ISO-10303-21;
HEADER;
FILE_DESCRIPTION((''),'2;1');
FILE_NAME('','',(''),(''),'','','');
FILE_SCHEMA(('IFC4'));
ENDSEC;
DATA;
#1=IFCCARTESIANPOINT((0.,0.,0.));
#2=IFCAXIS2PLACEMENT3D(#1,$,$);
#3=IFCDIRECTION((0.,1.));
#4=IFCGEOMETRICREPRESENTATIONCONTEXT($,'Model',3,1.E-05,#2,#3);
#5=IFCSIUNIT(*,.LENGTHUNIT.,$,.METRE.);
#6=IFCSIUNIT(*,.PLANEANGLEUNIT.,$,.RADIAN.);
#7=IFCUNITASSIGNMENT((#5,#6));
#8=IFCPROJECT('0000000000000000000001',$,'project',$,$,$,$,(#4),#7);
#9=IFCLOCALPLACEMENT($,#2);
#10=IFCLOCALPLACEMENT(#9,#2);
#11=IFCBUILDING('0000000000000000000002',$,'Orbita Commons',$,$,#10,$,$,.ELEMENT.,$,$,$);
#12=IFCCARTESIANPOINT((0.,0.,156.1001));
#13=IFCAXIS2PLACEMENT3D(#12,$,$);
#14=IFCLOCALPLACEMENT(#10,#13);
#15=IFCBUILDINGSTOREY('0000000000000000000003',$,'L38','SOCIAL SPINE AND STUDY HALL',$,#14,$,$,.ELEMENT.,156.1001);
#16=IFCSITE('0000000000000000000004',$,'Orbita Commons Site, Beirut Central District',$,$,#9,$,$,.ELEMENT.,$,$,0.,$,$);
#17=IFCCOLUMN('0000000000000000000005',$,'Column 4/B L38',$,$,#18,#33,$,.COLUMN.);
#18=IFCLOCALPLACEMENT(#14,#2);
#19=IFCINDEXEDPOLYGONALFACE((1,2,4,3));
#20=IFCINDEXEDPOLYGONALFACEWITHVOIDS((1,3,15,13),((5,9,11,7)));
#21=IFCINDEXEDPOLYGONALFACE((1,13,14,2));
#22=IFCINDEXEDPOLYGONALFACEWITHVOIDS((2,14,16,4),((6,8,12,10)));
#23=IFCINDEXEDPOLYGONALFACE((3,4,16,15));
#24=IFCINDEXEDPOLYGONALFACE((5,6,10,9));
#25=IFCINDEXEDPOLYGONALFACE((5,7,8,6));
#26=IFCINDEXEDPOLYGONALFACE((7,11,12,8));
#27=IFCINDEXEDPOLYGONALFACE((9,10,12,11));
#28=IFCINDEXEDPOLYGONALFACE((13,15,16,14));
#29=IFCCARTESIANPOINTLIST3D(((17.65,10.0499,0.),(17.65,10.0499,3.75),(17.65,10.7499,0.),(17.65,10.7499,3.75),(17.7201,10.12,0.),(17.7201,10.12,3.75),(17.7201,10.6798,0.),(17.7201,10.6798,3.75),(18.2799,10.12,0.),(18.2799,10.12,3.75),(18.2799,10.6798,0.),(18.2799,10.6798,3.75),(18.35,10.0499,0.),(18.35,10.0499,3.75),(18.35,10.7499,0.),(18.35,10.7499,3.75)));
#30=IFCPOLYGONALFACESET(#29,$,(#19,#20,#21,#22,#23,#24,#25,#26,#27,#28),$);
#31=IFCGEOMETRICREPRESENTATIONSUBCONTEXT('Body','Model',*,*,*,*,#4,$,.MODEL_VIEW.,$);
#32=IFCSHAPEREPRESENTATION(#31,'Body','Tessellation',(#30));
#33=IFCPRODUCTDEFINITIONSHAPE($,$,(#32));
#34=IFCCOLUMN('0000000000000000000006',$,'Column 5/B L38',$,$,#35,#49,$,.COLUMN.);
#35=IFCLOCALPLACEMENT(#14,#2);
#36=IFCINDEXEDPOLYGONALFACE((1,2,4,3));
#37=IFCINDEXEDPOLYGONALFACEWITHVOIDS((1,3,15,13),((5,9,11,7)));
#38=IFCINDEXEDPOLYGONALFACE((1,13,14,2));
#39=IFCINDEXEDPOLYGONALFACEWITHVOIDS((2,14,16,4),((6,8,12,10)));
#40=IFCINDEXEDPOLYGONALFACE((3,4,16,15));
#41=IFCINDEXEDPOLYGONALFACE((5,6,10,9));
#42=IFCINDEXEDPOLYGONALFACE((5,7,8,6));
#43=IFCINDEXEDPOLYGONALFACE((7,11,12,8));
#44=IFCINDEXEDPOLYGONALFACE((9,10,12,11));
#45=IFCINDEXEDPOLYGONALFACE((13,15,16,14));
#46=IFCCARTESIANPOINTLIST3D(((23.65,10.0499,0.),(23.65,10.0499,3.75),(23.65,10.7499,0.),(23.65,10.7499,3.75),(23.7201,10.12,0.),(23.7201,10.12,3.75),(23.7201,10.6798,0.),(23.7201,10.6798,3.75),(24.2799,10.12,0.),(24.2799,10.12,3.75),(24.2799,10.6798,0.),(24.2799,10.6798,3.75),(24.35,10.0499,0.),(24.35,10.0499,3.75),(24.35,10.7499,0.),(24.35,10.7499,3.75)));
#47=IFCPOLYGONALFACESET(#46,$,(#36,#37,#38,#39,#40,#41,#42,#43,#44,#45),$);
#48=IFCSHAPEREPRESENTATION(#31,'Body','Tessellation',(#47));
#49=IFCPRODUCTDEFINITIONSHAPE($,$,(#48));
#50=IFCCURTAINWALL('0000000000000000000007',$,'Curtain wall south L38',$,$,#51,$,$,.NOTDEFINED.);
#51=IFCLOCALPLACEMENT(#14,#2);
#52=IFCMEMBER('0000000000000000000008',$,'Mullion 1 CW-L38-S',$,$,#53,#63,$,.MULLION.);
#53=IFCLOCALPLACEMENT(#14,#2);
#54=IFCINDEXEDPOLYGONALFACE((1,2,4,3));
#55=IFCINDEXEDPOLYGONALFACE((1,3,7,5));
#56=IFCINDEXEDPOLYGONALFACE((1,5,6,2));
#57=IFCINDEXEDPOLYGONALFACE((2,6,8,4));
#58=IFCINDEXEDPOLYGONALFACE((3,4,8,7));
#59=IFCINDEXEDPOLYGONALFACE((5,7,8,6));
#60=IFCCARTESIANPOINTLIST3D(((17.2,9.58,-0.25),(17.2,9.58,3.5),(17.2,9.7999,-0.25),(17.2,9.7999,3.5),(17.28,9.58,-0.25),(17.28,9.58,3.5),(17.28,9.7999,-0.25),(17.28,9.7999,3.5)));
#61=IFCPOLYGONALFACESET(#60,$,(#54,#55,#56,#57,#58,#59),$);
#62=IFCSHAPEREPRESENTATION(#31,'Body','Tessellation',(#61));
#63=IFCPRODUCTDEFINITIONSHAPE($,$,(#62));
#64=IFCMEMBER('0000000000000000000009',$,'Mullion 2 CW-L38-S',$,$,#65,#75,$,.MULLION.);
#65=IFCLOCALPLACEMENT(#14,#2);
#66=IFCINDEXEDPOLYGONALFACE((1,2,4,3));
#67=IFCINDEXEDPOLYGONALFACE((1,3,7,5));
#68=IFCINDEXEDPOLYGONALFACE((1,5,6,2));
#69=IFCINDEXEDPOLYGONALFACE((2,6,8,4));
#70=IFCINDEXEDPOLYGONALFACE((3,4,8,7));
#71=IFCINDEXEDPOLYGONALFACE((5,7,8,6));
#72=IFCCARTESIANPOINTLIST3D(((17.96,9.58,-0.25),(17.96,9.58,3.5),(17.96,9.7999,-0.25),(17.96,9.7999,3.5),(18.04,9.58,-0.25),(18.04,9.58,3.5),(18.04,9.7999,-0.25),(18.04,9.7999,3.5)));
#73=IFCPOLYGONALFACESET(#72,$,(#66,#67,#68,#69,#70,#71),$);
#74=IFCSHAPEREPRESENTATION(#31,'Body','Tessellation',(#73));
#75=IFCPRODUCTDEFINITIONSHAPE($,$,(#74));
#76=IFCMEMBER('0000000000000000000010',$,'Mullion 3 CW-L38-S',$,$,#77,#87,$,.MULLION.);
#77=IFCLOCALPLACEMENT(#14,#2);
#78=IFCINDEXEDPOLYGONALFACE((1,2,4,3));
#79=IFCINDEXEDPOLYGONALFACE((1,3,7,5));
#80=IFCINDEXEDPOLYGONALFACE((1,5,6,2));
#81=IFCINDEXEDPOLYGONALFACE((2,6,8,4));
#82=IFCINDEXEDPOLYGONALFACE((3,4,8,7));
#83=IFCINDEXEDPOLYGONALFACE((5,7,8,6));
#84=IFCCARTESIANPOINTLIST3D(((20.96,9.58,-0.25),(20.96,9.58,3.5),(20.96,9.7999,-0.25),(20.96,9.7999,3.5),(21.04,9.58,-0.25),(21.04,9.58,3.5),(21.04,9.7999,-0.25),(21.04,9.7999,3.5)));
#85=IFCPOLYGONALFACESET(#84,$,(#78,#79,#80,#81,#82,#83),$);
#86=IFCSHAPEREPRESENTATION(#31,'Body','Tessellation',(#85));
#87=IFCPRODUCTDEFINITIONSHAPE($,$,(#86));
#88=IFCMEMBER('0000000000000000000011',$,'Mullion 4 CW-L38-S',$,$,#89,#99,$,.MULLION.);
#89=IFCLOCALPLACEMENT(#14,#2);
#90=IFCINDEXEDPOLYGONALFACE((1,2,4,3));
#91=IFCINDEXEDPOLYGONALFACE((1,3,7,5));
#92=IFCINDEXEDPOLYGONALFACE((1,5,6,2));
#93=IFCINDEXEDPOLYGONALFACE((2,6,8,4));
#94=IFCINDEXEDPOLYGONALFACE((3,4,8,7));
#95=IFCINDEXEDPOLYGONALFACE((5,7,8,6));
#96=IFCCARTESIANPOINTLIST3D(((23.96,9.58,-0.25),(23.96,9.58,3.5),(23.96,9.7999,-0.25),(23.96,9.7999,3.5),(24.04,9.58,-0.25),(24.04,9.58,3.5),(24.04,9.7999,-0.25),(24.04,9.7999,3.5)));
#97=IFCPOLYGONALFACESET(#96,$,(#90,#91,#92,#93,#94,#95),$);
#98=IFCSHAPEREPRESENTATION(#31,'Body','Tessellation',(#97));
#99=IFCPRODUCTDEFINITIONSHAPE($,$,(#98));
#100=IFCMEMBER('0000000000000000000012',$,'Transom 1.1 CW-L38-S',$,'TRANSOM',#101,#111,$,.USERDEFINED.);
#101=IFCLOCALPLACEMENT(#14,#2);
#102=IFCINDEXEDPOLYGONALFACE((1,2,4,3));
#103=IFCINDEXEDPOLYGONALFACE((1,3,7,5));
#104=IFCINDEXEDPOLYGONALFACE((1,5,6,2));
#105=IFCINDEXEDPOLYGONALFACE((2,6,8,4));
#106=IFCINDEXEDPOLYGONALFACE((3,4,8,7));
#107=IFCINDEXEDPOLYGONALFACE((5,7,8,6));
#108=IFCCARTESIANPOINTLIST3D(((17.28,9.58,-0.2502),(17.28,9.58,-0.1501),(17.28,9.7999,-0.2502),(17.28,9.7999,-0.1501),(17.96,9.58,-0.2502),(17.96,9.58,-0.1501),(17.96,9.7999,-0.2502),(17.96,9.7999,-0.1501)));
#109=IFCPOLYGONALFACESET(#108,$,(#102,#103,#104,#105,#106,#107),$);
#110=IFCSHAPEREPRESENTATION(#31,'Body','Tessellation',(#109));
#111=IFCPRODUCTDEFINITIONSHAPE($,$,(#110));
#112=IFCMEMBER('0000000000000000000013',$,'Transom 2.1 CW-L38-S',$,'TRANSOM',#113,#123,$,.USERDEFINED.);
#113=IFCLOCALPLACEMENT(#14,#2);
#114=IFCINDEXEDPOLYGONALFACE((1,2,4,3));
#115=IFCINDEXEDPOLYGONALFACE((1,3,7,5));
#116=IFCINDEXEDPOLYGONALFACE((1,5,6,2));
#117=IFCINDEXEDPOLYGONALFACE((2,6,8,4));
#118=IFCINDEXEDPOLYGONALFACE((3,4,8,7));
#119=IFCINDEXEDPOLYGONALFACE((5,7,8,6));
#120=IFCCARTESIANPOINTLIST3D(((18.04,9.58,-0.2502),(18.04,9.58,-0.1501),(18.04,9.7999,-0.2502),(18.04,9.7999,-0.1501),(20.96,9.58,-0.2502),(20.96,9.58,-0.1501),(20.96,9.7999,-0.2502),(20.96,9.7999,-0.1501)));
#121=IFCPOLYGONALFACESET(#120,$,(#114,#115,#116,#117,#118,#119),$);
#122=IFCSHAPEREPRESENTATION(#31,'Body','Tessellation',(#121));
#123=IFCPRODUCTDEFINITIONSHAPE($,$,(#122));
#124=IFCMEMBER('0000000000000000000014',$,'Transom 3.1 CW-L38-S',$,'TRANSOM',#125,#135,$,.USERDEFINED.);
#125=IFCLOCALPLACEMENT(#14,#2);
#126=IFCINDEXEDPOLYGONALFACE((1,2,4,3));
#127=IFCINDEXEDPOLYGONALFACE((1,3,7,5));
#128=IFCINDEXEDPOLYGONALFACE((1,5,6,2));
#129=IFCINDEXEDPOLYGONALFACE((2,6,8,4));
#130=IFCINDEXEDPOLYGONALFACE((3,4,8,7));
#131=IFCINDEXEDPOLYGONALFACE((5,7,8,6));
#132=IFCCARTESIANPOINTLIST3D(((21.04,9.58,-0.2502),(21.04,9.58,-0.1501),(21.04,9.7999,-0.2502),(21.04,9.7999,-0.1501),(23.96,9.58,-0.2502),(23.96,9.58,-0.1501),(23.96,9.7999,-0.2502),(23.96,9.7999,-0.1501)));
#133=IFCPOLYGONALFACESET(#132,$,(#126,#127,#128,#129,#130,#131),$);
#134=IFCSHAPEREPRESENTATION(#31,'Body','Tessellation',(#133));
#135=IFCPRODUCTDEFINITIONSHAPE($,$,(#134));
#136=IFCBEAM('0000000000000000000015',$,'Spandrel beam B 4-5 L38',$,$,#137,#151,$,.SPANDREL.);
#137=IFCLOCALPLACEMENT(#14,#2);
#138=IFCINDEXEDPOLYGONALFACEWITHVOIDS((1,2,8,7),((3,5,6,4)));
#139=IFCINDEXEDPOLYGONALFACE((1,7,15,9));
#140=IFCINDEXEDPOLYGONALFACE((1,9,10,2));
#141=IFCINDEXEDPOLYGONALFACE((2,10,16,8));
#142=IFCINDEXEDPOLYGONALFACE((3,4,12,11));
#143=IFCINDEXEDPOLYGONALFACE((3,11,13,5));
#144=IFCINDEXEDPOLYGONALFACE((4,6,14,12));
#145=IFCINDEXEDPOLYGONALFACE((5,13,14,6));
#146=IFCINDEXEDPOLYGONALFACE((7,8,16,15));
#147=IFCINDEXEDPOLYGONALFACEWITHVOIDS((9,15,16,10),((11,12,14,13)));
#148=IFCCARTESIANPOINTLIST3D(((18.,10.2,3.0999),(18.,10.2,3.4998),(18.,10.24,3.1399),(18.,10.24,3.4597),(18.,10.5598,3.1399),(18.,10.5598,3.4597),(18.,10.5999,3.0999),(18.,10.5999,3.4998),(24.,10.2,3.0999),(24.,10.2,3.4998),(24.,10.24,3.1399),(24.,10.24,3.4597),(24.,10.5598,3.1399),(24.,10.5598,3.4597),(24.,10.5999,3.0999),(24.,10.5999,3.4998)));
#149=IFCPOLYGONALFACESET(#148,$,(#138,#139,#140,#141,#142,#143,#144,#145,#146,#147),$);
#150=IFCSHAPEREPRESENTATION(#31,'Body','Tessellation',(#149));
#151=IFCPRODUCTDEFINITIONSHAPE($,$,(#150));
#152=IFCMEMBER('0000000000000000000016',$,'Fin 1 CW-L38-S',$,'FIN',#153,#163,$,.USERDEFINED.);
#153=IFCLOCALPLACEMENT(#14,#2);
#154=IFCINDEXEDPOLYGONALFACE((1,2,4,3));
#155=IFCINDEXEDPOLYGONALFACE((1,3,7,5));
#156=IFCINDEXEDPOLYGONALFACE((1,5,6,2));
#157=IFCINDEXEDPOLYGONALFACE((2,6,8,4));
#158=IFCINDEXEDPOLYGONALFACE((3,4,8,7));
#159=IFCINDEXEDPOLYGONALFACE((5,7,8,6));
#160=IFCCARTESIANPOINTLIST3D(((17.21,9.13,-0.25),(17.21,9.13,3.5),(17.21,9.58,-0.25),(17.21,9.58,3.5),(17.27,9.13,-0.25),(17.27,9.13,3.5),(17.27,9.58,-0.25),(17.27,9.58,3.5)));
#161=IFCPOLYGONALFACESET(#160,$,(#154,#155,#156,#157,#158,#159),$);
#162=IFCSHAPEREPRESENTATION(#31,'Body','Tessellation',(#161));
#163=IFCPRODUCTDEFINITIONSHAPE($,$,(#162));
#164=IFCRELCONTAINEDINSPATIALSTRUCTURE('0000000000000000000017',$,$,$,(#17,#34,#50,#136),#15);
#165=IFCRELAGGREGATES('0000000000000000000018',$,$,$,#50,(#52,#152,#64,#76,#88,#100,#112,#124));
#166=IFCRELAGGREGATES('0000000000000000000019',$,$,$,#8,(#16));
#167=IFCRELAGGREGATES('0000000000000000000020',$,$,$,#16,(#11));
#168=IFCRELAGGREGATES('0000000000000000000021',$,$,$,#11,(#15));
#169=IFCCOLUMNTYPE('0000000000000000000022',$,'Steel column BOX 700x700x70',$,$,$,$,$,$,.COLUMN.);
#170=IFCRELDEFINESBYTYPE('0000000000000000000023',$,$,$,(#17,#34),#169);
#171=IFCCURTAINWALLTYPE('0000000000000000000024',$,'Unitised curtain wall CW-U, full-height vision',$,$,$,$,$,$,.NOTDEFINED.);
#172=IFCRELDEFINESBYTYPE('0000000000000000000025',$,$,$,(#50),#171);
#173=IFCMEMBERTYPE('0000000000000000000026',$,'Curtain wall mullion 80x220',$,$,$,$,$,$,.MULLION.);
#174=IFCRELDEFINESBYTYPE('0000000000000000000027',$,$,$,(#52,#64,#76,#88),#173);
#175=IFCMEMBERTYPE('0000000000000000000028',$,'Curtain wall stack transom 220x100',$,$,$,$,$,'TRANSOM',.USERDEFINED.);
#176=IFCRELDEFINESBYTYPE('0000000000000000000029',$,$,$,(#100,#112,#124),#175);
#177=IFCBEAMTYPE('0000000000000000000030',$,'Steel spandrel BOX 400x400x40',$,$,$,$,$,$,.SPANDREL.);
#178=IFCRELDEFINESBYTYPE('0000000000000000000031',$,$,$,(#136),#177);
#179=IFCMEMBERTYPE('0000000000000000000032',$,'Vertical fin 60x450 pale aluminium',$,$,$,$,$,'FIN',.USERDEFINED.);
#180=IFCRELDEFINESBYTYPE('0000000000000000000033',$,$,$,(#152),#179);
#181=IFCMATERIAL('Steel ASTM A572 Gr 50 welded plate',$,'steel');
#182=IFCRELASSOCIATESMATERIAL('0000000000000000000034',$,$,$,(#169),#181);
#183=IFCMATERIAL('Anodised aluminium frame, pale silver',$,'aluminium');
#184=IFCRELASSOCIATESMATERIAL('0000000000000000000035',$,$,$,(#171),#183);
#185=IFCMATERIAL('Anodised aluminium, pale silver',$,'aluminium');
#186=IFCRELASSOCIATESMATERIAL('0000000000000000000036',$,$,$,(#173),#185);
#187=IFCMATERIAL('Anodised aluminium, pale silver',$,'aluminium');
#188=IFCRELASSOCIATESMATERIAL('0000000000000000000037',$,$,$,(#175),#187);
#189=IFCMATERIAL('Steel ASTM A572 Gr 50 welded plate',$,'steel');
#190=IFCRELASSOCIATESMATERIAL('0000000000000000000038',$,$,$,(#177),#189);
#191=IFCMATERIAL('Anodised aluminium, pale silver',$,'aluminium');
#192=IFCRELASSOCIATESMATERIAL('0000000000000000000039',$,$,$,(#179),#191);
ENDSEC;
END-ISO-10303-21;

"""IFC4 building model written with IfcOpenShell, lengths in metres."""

from ifc_helpers import new_model, si_unit, direction, frame, origin, origin_2d, place, context, subcontext, project, spatial, rectangle, hollow_rectangle, extrude, material, material_profile, profile_set, type_object, element, aggregate, save


model = new_model("IFC4")

# Units and contexts
model_context = context("Model", 3, precision=1e-05, world=origin(), true_north=direction((0.0, 1.0)))
body_context = subcontext(model_context, "Body", "Model", "MODEL_VIEW")
ifc_project = project(units=[si_unit("LENGTHUNIT", "METRE"), si_unit("PLANEANGLEUNIT", "RADIAN")], contexts=[model_context])

# Site, building, storey
site_placement = place(None, origin())
site = spatial("IfcSite", under=ifc_project, at=site_placement, Name="Orbita Commons Site, Beirut Central District", CompositionType="ELEMENT", RefElevation=0.0)
building_placement = place(site_placement, origin())
building = spatial("IfcBuilding", under=site, at=building_placement, Name="Orbita Commons", CompositionType="ELEMENT")
storey_placement = place(building_placement, frame((0.0, 0.0, 156.1001)))
storey = spatial("IfcBuildingStorey", under=building, at=storey_placement, Name="L38", Description="SOCIAL SPINE AND STUDY HALL", CompositionType="ELEMENT", Elevation=156.1001)

# Columns
ifc_material_1 = material(Name="Steel ASTM A572 Gr 50 welded plate", Category="steel")
ifc_material_profile_1 = material_profile(ifc_material_1, hollow_rectangle(XDim=0.7, YDim=0.7, WallThickness=0.0701, at=origin_2d()), Name="BOX 700x700x70")
ifc_profile_set_1 = profile_set([ifc_material_profile_1], Name="Steel ASTM A572 Gr 50 welded plate")
column_type = type_object("IfcColumnType", Name="Steel column BOX 700x700x70", PredefinedType="COLUMN", material=ifc_profile_set_1)
for number, where, z_axis, x_axis, name in (
    (1, (18.0, 10.3999, 0.0), (0.0, 0.0, 1.0), (1.0, 0.0, 0.0), "Column 4/B L38"),
    (2, (24.0, 10.3999, 0.0), (0.0, 0.0, 1.0), (1.0, 0.0, 0.0), "Column 5/B L38"),
):
    element("IfcColumn", number, at=place(storey_placement, frame(where, z_axis=z_axis, x_axis=x_axis)), inside=storey, type_object=column_type, Name=name, PredefinedType="COLUMN", context=body_context, shape_type="SweptSolid", body=[
        extrude(hollow_rectangle(XDim=0.7, YDim=0.7, WallThickness=0.0701, at=origin_2d()), origin(), (0.0, 0.0, 1.0), 3.75),
    ])

# Curtain wall, members
ifc_material_2 = material(Name="Anodised aluminium frame, pale silver", Category="aluminium")
curtain_wall_type = type_object("IfcCurtainWallType", Name="Unitised curtain wall CW-U, full-height vision", PredefinedType="NOTDEFINED", material=ifc_material_2)
curtain_wall_placement = place(storey_placement, origin())
curtain_wall = element("IfcCurtainWall", 3, at=curtain_wall_placement, inside=storey, type_object=curtain_wall_type, Name="Curtain wall south L38", PredefinedType="NOTDEFINED")
ifc_material_3 = material(Name="Anodised aluminium, pale silver", Category="aluminium")
ifc_material_profile_2 = material_profile(ifc_material_3, rectangle(XDim=0.0801, YDim=0.22, at=origin_2d()), Name="AL 80x220")
ifc_profile_set_2 = profile_set([ifc_material_profile_2], Name="Anodised aluminium, pale silver")
member_type_1 = type_object("IfcMemberType", Name="Curtain wall mullion 80x220", PredefinedType="MULLION", material=ifc_profile_set_2)
member_1_placement = place(storey_placement, frame((17.24, 9.6899, -0.25), z_axis=(0.0, 0.0, 1.0), x_axis=(1.0, 0.0, 0.0)))
member_1 = element("IfcMember", 4, at=member_1_placement, type_object=member_type_1, Name="Mullion 1 CW-L38-S", PredefinedType="MULLION", context=body_context, shape_type="SweptSolid", body=[
    extrude(rectangle(XDim=0.0801, YDim=0.22, at=origin_2d()), origin(), (0.0, 0.0, 1.0), 3.75),
])
member_2_placement = place(storey_placement, frame((18.0, 9.6899, -0.25), z_axis=(0.0, 0.0, 1.0), x_axis=(1.0, 0.0, 0.0)))
member_2 = element("IfcMember", 5, at=member_2_placement, type_object=member_type_1, Name="Mullion 2 CW-L38-S", PredefinedType="MULLION", context=body_context, shape_type="SweptSolid", body=[
    extrude(rectangle(XDim=0.0801, YDim=0.22, at=origin_2d()), origin(), (0.0, 0.0, 1.0), 3.75),
])
member_3_placement = place(storey_placement, frame((21.0, 9.6899, -0.25), z_axis=(0.0, 0.0, 1.0), x_axis=(1.0, 0.0, 0.0)))
member_3 = element("IfcMember", 6, at=member_3_placement, type_object=member_type_1, Name="Mullion 3 CW-L38-S", PredefinedType="MULLION", context=body_context, shape_type="SweptSolid", body=[
    extrude(rectangle(XDim=0.0801, YDim=0.22, at=origin_2d()), origin(), (0.0, 0.0, 1.0), 3.75),
])
member_4_placement = place(storey_placement, frame((24.0, 9.6899, -0.25), z_axis=(0.0, 0.0, 1.0), x_axis=(1.0, 0.0, 0.0)))
member_4 = element("IfcMember", 7, at=member_4_placement, type_object=member_type_1, Name="Mullion 4 CW-L38-S", PredefinedType="MULLION", context=body_context, shape_type="SweptSolid", body=[
    extrude(rectangle(XDim=0.0801, YDim=0.22, at=origin_2d()), origin(), (0.0, 0.0, 1.0), 3.75),
])
ifc_material_4 = material(Name="Anodised aluminium, pale silver", Category="aluminium")
ifc_material_profile_3 = material_profile(ifc_material_4, rectangle(XDim=0.22, YDim=0.1001, at=origin_2d()), Name="AL 220x100")
ifc_profile_set_3 = profile_set([ifc_material_profile_3], Name="Anodised aluminium, pale silver")
member_type_2 = type_object("IfcMemberType", Name="Curtain wall stack transom 220x100", ElementType="TRANSOM", PredefinedType="USERDEFINED", material=ifc_profile_set_3)
member_5_placement = place(storey_placement, frame((17.28, 9.6899, -0.2002), z_axis=(1.0, 0.0, 0.0), x_axis=(0.0, 1.0, 0.0)))
member_5 = element("IfcMember", 8, at=member_5_placement, type_object=member_type_2, Name="Transom 1.1 CW-L38-S", ObjectType="TRANSOM", PredefinedType="USERDEFINED", context=body_context, shape_type="SweptSolid", body=[
    extrude(rectangle(XDim=0.22, YDim=0.1001, at=origin_2d()), origin(), (0.0, 0.0, 1.0), 0.6799),
])
member_6_placement = place(storey_placement, frame((18.04, 9.6899, -0.2002), z_axis=(1.0, 0.0, 0.0), x_axis=(0.0, 1.0, 0.0)))
member_6 = element("IfcMember", 9, at=member_6_placement, type_object=member_type_2, Name="Transom 2.1 CW-L38-S", ObjectType="TRANSOM", PredefinedType="USERDEFINED", context=body_context, shape_type="SweptSolid", body=[
    extrude(rectangle(XDim=0.22, YDim=0.1001, at=origin_2d()), origin(), (0.0, 0.0, 1.0), 2.9199),
])
member_7_placement = place(storey_placement, frame((21.04, 9.6899, -0.2002), z_axis=(1.0, 0.0, 0.0), x_axis=(0.0, 1.0, 0.0)))
member_7 = element("IfcMember", 10, at=member_7_placement, type_object=member_type_2, Name="Transom 3.1 CW-L38-S", ObjectType="TRANSOM", PredefinedType="USERDEFINED", context=body_context, shape_type="SweptSolid", body=[
    extrude(rectangle(XDim=0.22, YDim=0.1001, at=origin_2d()), origin(), (0.0, 0.0, 1.0), 2.9199),
])

# Beam
ifc_material_5 = material(Name="Steel ASTM A572 Gr 50 welded plate", Category="steel")
ifc_material_profile_4 = material_profile(ifc_material_5, hollow_rectangle(XDim=0.3999, YDim=0.3999, WallThickness=0.04, at=origin_2d()), Name="BOX 400x400x40")
ifc_profile_set_4 = profile_set([ifc_material_profile_4], Name="Steel ASTM A572 Gr 50 welded plate")
beam_type = type_object("IfcBeamType", Name="Steel spandrel BOX 400x400x40", PredefinedType="SPANDREL", material=ifc_profile_set_4)
beam_placement = place(storey_placement, frame((18.0, 10.3999, 3.2998), z_axis=(1.0, 0.0, 0.0), x_axis=(0.0, 1.0, 0.0)))
element("IfcBeam", 11, at=beam_placement, inside=storey, type_object=beam_type, Name="Spandrel beam B 4-5 L38", PredefinedType="SPANDREL", context=body_context, shape_type="SweptSolid", body=[
    extrude(hollow_rectangle(XDim=0.3999, YDim=0.3999, WallThickness=0.04, at=origin_2d()), origin(), (0.0, 0.0, 1.0), 6.0),
])

# Member
ifc_material_6 = material(Name="Anodised aluminium, pale silver", Category="aluminium")
ifc_material_profile_5 = material_profile(ifc_material_6, rectangle(XDim=0.0601, YDim=0.45, at=origin_2d()), Name="FIN 60x450")
ifc_profile_set_5 = profile_set([ifc_material_profile_5], Name="Anodised aluminium, pale silver")
member_type_3 = type_object("IfcMemberType", Name="Vertical fin 60x450 pale aluminium", ElementType="FIN", PredefinedType="USERDEFINED", material=ifc_profile_set_5)
member_8_placement = place(storey_placement, frame((17.24, 9.355, -0.25), z_axis=(0.0, 0.0, 1.0), x_axis=(1.0, 0.0, 0.0)))
member_8 = element("IfcMember", 12, at=member_8_placement, type_object=member_type_3, Name="Fin 1 CW-L38-S", ObjectType="FIN", PredefinedType="USERDEFINED", context=body_context, shape_type="SweptSolid", body=[
    extrude(rectangle(XDim=0.0601, YDim=0.45, at=origin_2d()), origin(), (0.0, 0.0, 1.0), 3.75),
])

aggregate(curtain_wall, [member_1, member_8, member_2, member_3, member_4, member_5, member_6, member_7])

save(model, "model.ifc")
